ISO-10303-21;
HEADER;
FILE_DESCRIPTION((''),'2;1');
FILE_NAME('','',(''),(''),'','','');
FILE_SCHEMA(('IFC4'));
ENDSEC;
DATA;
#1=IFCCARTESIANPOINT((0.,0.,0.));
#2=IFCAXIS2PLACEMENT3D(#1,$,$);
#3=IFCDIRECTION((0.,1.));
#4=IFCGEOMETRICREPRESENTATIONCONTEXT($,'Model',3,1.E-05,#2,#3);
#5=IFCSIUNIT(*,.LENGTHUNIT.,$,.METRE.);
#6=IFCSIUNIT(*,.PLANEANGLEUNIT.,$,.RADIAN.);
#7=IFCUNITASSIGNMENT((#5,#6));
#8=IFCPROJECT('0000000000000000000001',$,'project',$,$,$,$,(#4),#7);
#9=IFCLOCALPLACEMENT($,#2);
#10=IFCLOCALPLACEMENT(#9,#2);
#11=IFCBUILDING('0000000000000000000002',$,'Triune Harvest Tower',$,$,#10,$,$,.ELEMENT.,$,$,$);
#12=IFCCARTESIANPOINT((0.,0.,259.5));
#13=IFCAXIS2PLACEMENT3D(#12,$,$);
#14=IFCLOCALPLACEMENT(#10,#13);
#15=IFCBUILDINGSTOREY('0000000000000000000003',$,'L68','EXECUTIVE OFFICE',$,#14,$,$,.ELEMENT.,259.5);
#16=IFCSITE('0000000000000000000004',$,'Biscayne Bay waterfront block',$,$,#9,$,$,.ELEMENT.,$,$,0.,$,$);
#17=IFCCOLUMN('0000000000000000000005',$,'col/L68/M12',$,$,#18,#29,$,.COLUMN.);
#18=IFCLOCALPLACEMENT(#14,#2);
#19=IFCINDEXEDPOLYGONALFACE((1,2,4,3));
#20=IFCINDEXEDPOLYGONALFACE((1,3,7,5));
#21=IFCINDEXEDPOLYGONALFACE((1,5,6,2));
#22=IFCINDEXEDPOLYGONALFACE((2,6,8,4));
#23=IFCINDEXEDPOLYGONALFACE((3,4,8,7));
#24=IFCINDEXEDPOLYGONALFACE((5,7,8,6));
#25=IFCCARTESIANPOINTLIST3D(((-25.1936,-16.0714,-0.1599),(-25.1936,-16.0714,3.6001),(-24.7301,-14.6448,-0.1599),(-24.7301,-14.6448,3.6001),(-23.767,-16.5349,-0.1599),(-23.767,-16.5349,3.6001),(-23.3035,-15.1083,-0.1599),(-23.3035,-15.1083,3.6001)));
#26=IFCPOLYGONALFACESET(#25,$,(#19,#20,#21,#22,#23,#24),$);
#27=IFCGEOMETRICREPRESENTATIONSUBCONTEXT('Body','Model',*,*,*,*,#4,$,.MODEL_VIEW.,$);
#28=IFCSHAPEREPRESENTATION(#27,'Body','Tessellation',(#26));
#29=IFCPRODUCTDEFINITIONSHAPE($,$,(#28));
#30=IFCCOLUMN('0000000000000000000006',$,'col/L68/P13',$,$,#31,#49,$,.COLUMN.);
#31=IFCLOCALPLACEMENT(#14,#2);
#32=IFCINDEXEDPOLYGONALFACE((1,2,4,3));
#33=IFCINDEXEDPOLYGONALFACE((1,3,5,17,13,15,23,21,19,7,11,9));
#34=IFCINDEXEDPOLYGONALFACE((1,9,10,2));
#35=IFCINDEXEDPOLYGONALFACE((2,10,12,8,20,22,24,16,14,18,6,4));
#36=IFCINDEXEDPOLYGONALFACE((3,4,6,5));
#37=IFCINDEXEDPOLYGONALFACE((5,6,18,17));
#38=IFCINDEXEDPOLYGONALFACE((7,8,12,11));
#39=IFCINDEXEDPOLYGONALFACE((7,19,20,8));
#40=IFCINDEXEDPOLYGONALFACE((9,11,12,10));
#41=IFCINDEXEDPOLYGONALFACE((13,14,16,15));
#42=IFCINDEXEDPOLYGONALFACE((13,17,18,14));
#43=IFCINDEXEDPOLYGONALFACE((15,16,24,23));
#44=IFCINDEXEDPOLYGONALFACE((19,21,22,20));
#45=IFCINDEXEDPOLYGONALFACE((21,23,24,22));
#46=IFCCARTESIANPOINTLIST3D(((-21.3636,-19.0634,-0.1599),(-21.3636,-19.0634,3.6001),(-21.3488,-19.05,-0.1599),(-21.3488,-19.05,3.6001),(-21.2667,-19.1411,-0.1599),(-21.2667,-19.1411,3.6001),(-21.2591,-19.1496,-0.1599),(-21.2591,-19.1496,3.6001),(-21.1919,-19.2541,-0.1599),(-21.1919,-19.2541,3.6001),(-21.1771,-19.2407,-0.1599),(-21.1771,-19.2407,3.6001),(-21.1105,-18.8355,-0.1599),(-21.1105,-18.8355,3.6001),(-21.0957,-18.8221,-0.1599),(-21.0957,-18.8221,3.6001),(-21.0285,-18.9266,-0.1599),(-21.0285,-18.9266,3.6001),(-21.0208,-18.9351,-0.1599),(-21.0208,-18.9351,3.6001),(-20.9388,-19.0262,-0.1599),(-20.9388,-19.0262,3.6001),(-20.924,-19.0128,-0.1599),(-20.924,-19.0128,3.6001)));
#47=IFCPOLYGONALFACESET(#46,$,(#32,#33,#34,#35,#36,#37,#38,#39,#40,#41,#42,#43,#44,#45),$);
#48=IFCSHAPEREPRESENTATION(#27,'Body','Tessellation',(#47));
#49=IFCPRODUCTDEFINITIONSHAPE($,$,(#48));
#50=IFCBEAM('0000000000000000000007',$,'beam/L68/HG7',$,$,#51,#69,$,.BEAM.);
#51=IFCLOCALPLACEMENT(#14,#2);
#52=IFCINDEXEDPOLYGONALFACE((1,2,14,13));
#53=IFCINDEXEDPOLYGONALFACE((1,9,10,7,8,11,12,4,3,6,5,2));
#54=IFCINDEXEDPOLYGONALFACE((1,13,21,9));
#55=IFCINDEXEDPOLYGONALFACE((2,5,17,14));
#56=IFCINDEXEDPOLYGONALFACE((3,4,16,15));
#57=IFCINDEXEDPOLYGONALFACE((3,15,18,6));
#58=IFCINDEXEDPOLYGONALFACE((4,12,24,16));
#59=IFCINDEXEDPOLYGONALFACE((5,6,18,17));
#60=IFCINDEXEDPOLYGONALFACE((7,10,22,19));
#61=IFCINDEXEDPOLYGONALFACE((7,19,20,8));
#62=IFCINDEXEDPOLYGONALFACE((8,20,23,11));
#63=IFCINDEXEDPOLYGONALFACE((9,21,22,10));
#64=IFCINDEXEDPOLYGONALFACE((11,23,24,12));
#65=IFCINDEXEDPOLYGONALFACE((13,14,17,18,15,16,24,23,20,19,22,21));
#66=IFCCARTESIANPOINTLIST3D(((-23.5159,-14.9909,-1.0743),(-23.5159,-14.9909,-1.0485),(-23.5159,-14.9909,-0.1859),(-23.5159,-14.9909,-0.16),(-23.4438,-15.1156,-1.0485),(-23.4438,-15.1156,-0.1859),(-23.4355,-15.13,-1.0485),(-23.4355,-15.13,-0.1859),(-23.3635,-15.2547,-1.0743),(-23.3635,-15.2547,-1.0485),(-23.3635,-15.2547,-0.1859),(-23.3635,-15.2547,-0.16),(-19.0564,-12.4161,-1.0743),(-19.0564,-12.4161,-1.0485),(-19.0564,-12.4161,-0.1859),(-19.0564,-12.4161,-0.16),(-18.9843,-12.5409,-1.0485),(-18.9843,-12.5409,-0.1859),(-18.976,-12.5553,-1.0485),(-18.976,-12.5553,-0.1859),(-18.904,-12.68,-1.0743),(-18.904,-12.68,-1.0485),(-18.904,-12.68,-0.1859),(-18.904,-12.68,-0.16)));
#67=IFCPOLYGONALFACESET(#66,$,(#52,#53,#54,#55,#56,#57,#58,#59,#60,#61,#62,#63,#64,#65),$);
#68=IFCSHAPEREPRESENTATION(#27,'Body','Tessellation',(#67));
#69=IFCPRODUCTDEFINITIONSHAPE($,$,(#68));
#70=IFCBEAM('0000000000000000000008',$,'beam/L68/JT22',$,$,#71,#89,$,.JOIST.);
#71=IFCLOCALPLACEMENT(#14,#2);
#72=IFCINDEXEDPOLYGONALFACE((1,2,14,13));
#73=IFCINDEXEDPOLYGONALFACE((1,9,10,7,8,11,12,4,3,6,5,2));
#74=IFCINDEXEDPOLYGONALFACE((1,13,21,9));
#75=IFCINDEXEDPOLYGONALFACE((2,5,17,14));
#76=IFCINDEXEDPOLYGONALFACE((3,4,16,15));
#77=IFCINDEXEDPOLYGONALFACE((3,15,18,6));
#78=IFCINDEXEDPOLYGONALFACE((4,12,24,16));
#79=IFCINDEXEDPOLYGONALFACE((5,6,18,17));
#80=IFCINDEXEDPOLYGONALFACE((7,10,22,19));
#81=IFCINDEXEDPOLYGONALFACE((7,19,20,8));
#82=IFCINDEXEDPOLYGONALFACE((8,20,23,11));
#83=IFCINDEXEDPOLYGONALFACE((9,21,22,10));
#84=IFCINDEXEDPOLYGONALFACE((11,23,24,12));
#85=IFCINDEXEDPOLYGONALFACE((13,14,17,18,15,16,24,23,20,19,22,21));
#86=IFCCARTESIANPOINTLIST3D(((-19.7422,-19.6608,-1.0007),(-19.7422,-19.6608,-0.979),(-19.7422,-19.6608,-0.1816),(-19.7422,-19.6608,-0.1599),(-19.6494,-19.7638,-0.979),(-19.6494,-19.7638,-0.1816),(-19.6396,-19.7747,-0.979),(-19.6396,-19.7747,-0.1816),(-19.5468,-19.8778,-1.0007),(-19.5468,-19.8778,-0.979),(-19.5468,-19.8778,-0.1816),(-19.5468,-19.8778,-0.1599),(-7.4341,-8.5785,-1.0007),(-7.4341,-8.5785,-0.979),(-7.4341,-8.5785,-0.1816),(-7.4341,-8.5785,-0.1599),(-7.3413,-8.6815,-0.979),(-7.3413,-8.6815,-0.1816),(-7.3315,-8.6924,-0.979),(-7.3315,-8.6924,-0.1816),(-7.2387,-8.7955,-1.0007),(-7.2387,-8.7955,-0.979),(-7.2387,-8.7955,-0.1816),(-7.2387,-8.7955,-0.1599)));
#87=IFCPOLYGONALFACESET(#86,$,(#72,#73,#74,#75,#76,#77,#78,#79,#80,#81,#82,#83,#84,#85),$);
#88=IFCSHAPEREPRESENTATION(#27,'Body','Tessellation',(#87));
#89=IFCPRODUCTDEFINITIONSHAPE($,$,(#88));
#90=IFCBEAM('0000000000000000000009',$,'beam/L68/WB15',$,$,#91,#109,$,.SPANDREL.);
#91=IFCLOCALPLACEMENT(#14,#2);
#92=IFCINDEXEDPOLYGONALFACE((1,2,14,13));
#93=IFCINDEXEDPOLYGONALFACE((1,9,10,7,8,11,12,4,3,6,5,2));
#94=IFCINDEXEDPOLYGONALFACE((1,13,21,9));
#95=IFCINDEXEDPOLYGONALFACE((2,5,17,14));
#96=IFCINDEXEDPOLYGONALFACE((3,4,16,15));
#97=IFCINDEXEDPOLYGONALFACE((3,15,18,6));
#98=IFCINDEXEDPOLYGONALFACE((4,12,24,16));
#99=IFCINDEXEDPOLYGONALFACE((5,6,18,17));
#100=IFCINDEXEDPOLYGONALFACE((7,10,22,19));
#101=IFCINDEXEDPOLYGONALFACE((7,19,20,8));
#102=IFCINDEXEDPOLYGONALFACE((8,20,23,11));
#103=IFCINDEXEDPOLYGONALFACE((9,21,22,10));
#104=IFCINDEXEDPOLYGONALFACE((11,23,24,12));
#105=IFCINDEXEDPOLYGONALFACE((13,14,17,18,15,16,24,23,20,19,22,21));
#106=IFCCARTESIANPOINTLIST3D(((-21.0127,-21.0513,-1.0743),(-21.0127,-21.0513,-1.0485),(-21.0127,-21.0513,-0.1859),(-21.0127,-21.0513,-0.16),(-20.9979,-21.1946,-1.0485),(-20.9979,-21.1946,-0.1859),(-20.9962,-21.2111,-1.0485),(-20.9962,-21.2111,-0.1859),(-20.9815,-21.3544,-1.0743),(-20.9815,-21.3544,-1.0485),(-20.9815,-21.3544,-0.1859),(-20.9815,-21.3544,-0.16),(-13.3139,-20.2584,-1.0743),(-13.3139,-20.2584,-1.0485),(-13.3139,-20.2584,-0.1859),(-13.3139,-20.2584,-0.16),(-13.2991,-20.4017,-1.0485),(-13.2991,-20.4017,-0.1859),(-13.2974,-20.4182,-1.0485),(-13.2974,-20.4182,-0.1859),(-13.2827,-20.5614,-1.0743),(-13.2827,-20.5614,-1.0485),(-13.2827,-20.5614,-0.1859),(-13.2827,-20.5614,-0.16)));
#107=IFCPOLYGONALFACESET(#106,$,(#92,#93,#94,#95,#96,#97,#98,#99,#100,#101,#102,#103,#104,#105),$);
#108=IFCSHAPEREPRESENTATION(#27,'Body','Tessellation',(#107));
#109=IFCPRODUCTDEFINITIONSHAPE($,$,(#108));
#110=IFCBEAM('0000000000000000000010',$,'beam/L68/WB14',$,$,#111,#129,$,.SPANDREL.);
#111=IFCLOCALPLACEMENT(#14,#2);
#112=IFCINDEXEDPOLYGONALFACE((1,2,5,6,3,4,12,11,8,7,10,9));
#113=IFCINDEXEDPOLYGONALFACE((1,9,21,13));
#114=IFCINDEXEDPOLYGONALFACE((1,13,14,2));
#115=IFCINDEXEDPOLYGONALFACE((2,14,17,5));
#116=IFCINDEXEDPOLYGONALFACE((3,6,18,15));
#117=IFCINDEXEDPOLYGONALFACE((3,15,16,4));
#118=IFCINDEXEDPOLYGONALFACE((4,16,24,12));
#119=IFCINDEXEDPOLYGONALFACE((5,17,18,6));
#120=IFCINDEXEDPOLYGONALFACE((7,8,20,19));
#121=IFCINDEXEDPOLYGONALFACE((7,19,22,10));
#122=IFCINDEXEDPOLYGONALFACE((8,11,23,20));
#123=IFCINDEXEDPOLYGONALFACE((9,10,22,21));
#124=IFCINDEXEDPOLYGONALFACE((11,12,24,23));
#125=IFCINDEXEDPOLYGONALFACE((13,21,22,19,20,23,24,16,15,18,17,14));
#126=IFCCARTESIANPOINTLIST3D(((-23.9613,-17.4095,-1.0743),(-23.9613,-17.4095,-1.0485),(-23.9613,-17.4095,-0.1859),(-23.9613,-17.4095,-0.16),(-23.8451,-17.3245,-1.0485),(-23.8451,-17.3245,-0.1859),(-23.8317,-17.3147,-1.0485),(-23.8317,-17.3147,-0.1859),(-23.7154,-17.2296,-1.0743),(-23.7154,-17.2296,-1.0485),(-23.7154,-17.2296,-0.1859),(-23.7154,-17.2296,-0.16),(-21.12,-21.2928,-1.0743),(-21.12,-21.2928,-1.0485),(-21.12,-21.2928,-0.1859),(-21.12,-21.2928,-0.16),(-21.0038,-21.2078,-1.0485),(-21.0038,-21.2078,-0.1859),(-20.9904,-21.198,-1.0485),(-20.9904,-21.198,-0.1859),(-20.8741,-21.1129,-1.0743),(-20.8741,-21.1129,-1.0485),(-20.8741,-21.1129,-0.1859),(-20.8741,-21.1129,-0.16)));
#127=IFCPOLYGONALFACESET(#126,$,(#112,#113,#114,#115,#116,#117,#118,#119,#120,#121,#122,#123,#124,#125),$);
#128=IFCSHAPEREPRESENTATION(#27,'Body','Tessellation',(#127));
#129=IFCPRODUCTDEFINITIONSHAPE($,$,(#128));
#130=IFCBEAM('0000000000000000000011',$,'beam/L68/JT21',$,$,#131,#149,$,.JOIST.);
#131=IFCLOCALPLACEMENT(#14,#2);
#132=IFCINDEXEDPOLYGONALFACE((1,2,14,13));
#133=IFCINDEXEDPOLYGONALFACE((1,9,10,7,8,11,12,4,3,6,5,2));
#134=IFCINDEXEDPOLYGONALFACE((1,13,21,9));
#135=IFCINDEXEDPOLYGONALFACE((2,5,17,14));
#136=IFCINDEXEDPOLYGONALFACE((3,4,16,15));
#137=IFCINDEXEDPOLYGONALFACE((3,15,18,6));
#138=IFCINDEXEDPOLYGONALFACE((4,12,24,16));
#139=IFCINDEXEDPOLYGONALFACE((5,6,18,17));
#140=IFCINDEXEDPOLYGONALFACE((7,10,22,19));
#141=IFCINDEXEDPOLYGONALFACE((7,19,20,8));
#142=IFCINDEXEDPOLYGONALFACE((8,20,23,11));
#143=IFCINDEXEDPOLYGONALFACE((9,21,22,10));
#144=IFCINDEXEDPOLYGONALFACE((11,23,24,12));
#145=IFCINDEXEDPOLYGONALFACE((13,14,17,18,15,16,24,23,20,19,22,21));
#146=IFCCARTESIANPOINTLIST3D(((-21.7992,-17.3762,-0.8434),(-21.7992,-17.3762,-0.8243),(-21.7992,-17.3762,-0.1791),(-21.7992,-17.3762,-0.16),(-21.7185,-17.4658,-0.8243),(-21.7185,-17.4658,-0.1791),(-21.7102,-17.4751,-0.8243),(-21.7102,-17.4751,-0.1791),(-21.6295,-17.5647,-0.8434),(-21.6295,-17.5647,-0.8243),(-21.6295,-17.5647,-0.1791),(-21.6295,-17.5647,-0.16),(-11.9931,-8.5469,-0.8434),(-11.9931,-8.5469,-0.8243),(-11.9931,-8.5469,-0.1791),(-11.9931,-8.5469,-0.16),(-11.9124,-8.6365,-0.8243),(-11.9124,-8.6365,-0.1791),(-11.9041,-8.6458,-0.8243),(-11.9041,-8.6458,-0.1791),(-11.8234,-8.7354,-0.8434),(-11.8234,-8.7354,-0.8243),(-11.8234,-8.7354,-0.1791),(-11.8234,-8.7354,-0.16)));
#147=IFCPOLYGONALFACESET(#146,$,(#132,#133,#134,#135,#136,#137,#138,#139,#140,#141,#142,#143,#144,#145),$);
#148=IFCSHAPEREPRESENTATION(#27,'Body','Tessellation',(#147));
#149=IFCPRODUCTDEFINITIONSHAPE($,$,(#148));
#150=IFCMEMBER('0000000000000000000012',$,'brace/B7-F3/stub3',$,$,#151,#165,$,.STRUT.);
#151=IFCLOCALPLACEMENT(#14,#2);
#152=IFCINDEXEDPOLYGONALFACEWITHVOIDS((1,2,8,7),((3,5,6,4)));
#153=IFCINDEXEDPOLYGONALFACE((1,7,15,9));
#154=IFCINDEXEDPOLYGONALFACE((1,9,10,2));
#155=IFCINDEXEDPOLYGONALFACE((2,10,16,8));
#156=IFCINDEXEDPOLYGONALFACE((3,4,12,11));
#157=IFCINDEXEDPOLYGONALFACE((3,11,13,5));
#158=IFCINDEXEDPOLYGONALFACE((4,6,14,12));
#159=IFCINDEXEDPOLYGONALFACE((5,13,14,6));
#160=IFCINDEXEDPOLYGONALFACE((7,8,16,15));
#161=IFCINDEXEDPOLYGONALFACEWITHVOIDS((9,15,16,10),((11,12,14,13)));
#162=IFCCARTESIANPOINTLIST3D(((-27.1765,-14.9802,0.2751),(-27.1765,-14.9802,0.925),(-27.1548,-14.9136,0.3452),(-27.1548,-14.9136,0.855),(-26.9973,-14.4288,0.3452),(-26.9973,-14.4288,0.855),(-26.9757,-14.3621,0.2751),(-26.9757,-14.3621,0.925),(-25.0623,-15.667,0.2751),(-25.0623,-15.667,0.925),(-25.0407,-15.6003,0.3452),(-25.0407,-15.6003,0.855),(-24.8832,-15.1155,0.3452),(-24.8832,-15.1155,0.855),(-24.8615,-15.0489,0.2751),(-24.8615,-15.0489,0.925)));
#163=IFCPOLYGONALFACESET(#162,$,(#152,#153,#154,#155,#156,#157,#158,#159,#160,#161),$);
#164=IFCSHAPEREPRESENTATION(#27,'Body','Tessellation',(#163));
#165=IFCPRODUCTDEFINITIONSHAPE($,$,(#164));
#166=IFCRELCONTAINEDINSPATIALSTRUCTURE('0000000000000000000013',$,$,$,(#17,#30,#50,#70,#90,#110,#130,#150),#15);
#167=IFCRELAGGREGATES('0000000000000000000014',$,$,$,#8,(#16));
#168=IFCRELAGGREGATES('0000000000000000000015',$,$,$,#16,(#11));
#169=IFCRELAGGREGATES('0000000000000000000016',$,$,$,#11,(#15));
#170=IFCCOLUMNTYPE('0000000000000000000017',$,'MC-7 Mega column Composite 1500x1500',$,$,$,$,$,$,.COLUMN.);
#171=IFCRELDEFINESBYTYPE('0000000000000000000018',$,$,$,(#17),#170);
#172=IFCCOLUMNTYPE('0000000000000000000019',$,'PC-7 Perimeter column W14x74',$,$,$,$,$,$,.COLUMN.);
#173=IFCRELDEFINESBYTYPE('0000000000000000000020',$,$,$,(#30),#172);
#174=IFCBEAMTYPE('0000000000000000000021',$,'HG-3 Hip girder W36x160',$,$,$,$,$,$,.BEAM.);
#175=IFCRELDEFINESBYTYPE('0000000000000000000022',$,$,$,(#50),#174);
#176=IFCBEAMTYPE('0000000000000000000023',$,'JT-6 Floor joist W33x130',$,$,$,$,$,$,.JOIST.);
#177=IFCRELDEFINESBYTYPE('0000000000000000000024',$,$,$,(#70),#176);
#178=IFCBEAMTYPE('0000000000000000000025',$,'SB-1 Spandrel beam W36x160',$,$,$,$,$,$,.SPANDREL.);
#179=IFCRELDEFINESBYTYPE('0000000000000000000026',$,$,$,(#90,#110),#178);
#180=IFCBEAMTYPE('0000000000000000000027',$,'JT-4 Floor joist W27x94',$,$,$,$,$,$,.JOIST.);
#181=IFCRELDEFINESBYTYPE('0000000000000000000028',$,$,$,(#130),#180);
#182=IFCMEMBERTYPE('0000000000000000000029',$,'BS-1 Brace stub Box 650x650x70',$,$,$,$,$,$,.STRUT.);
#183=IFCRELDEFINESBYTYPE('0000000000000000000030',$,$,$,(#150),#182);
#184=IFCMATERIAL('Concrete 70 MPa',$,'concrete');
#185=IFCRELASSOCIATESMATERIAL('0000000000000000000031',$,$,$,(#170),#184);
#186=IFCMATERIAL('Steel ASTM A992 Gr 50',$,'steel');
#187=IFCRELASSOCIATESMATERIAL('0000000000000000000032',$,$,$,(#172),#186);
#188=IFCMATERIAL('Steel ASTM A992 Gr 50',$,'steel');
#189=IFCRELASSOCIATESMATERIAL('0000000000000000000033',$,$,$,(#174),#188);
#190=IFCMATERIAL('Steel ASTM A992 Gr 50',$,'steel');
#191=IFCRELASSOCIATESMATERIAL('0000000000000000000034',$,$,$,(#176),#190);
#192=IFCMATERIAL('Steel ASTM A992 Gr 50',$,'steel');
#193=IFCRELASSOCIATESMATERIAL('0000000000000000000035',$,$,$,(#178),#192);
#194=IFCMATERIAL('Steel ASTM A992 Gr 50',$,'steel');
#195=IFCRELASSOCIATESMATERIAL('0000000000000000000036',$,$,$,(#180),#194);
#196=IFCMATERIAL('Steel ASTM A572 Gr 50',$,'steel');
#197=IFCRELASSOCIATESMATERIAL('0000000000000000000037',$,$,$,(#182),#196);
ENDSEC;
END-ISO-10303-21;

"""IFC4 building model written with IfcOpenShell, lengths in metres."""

from ifc_helpers import new_model, si_unit, direction, frame, origin, origin_2d, place, context, subcontext, project, spatial, rectangle, hollow_rectangle, i_section, extrude, source, transform, mapped, material, material_profile, profile_set, type_object, element, save


model = new_model("IFC4")

# Units and contexts
model_context = context("Model", 3, precision=1e-05, world=origin(), true_north=direction((0.0, 1.0)))
body_context = subcontext(model_context, "Body", "Model", "MODEL_VIEW")
ifc_project = project(units=[si_unit("LENGTHUNIT", "METRE"), si_unit("PLANEANGLEUNIT", "RADIAN")], contexts=[model_context])

# Site, building, storey
site_placement = place(None, origin())
site = spatial("IfcSite", under=ifc_project, at=site_placement, Name="Biscayne Bay waterfront block", CompositionType="ELEMENT", RefElevation=0.0)
building_placement = place(site_placement, origin())
building = spatial("IfcBuilding", under=site, at=building_placement, Name="Triune Harvest Tower", CompositionType="ELEMENT")
storey_placement = place(building_placement, frame((0.0, 0.0, 259.5)))
storey = spatial("IfcBuildingStorey", under=building, at=storey_placement, Name="L68", Description="EXECUTIVE OFFICE", CompositionType="ELEMENT", Elevation=259.5)

# Columns
ifc_material_1 = material(Name="Concrete 70 MPa", Category="concrete")
ifc_material_profile_1 = material_profile(ifc_material_1, rectangle(XDim=1.5, YDim=1.5, at=origin_2d()), Name="Composite 1500x1500")
ifc_profile_set_1 = profile_set([ifc_material_profile_1], Name="Concrete 70 MPa")
column_type_1 = type_object("IfcColumnType", Name="MC-7 Mega column Composite 1500x1500", PredefinedType="COLUMN", material=ifc_profile_set_1)
shared_shape_1 = source(origin(), body_context, "Body", "SweptSolid", [
    extrude(rectangle(XDim=1.5, YDim=1.5, at=origin_2d()), origin(), (0.0, 0.0, 1.0), 3.76),
])
column_1_placement = place(storey_placement, frame((-24.2485, -15.5898, -0.1599), z_axis=(0.0, 0.0, 1.0), x_axis=(-0.309015, -0.951057, 0.0)))
element("IfcColumn", 1, at=column_1_placement, inside=storey, type_object=column_type_1, Name="col/L68/M12", PredefinedType="COLUMN", context=body_context, shape_type="MappedRepresentation", body=[
    mapped(shared_shape_1, transform((0.0, 0.0, 0.0), scale=1.0)),
])
ifc_material_2 = material(Name="Steel ASTM A992 Gr 50", Category="steel")
ifc_material_profile_2 = material_profile(ifc_material_2, i_section(OverallWidth=0.2566, OverallDepth=0.3606, WebThickness=0.0115, FlangeThickness=0.02, at=origin_2d()), Name="W14x74")
ifc_profile_set_2 = profile_set([ifc_material_profile_2], Name="Steel ASTM A992 Gr 50")
column_type_2 = type_object("IfcColumnType", Name="PC-7 Perimeter column W14x74", PredefinedType="COLUMN", material=ifc_profile_set_2)
shared_shape_2 = source(origin(), body_context, "Body", "SweptSolid", [
    extrude(i_section(OverallWidth=0.2566, OverallDepth=0.3606, WebThickness=0.0115, FlangeThickness=0.02, at=origin_2d()), origin(), (0.0, 0.0, 1.0), 3.76),
])
column_2_placement = place(storey_placement, frame((-21.1438, -19.0381, -0.1599), z_axis=(0.0, 0.0, 1.0), x_axis=(0.669129, -0.743146, 0.0)))
element("IfcColumn", 2, at=column_2_placement, inside=storey, type_object=column_type_2, Name="col/L68/P13", PredefinedType="COLUMN", context=body_context, shape_type="MappedRepresentation", body=[
    mapped(shared_shape_2, transform((0.0, 0.0, 0.0), scale=1.0)),
])

# Beams
ifc_material_3 = material(Name="Steel ASTM A992 Gr 50", Category="steel")
ifc_material_profile_3 = material_profile(ifc_material_3, i_section(OverallWidth=0.3047, OverallDepth=0.9143, WebThickness=0.0166, FlangeThickness=0.0259, at=origin_2d()), Name="W36x160")
ifc_profile_set_3 = profile_set([ifc_material_profile_3], Name="Steel ASTM A992 Gr 50")
beam_type_1 = type_object("IfcBeamType", Name="HG-3 Hip girder W36x160", PredefinedType="BEAM", material=ifc_profile_set_3)
beam_1_placement = place(storey_placement, frame((-23.4397, -15.1228, -0.6172), z_axis=(0.866023, 0.500004, 0.0), x_axis=(-0.500004, 0.866023, 0.0)))
element("IfcBeam", 3, at=beam_1_placement, inside=storey, type_object=beam_type_1, Name="beam/L68/HG7", PredefinedType="BEAM", context=body_context, shape_type="SweptSolid", body=[
    extrude(i_section(OverallWidth=0.3047, OverallDepth=0.9143, WebThickness=0.0166, FlangeThickness=0.0259, at=origin_2d()), origin(), (0.0, 0.0, 1.0), 5.1494),
])
ifc_material_4 = material(Name="Steel ASTM A992 Gr 50", Category="steel")
ifc_material_profile_4 = material_profile(ifc_material_4, i_section(OverallWidth=0.292, OverallDepth=0.8408, WebThickness=0.0146, FlangeThickness=0.0217, at=origin_2d()), Name="W33x130")
ifc_profile_set_4 = profile_set([ifc_material_profile_4], Name="Steel ASTM A992 Gr 50")
beam_type_2 = type_object("IfcBeamType", Name="JT-6 Floor joist W33x130", PredefinedType="JOIST", material=ifc_profile_set_4)
beam_2_placement = place(storey_placement, frame((-19.6445, -19.7693, -0.5803), z_axis=(0.743145, 0.669131, 0.0), x_axis=(-0.669131, 0.743145, 0.0)))
element("IfcBeam", 4, at=beam_2_placement, inside=storey, type_object=beam_type_2, Name="beam/L68/JT22", PredefinedType="JOIST", context=body_context, shape_type="SweptSolid", body=[
    extrude(i_section(OverallWidth=0.292, OverallDepth=0.8408, WebThickness=0.0146, FlangeThickness=0.0217, at=origin_2d()), origin(), (0.0, 0.0, 1.0), 16.5623),
])
ifc_material_5 = material(Name="Steel ASTM A992 Gr 50", Category="steel")
ifc_material_profile_5 = material_profile(ifc_material_5, i_section(OverallWidth=0.3047, OverallDepth=0.9143, WebThickness=0.0166, FlangeThickness=0.0259, at=origin_2d()), Name="W36x160")
ifc_profile_set_5 = profile_set([ifc_material_profile_5], Name="Steel ASTM A992 Gr 50")
beam_type_3 = type_object("IfcBeamType", Name="SB-1 Spandrel beam W36x160", PredefinedType="SPANDREL", material=ifc_profile_set_5)
shared_shape_3 = source(origin(), body_context, "Body", "SweptSolid", [
    extrude(i_section(OverallWidth=0.3047, OverallDepth=0.9143, WebThickness=0.0166, FlangeThickness=0.0259, at=origin_2d()), origin(), (0.0, 0.0, 1.0), 7.7395),
])
beam_3_placement = place(storey_placement, frame((-20.9971, -21.2029, -0.6172), z_axis=(0.994737, 0.102458, 0.0), x_axis=(-0.102458, 0.994737, 0.0)))
element("IfcBeam", 5, at=beam_3_placement, inside=storey, type_object=beam_type_3, Name="beam/L68/WB15", PredefinedType="SPANDREL", context=body_context, shape_type="MappedRepresentation", body=[
    mapped(shared_shape_3, transform((0.0, 0.0, 0.0), scale=1.0)),
])
shared_shape_4 = source(origin(), body_context, "Body", "SweptSolid", [
    extrude(i_section(OverallWidth=0.3047, OverallDepth=0.9143, WebThickness=0.0166, FlangeThickness=0.0259, at=origin_2d()), origin(), (0.0, 0.0, 1.0), 4.8118),
])
beam_4_placement = place(storey_placement, frame((-23.8384, -17.3196, -0.6172), z_axis=(0.590492, -0.807043, 0.0), x_axis=(0.807043, 0.590492, 0.0)))
element("IfcBeam", 6, at=beam_4_placement, inside=storey, type_object=beam_type_3, Name="beam/L68/WB14", PredefinedType="SPANDREL", context=body_context, shape_type="MappedRepresentation", body=[
    mapped(shared_shape_4, transform((0.0, 0.0, 0.0), scale=1.0)),
])
ifc_material_6 = material(Name="Steel ASTM A992 Gr 50", Category="steel")
ifc_material_profile_6 = material_profile(ifc_material_6, i_section(OverallWidth=0.2537, OverallDepth=0.6833, WebThickness=0.0125, FlangeThickness=0.019, at=origin_2d()), Name="W27x94")
ifc_profile_set_6 = profile_set([ifc_material_profile_6], Name="Steel ASTM A992 Gr 50")
beam_type_4 = type_object("IfcBeamType", Name="JT-4 Floor joist W27x94", PredefinedType="JOIST", material=ifc_profile_set_6)
shared_shape_5 = source(origin(), body_context, "Body", "SweptSolid", [
    extrude(i_section(OverallWidth=0.2537, OverallDepth=0.6833, WebThickness=0.0125, FlangeThickness=0.019, at=origin_2d()), origin(), (0.0, 0.0, 1.0), 13.1953),
])
beam_5_placement = place(storey_placement, frame((-21.7144, -17.4705, -0.5017), z_axis=(0.743151, 0.669124, 0.0), x_axis=(-0.669124, 0.743151, 0.0)))
element("IfcBeam", 7, at=beam_5_placement, inside=storey, type_object=beam_type_4, Name="beam/L68/JT21", PredefinedType="JOIST", context=body_context, shape_type="MappedRepresentation", body=[
    mapped(shared_shape_5, transform((0.0, 0.0, 0.0), scale=1.0)),
])

# Member
ifc_material_7 = material(Name="Steel ASTM A572 Gr 50", Category="steel")
ifc_material_profile_7 = material_profile(ifc_material_7, hollow_rectangle(XDim=0.6499, YDim=0.6499, WallThickness=0.0701, at=origin_2d()), Name="Box 650x650x70")
ifc_profile_set_7 = profile_set([ifc_material_profile_7], Name="Steel ASTM A572 Gr 50")
member_type_1 = type_object("IfcMemberType", Name="BS-1 Brace stub Box 650x650x70", PredefinedType="STRUT", material=ifc_profile_set_7)
shared_shape_6 = source(origin(), body_context, "Body", "SweptSolid", [
    extrude(hollow_rectangle(XDim=0.6499, YDim=0.6499, WallThickness=0.0701, at=origin_2d()), origin(), (0.0, 0.0, 1.0), 2.2229),
])
member_1_placement = place(storey_placement, frame((-24.9619, -15.3579, 0.6001), z_axis=(-0.951082, 0.308937, 0.0), x_axis=(-0.308937, -0.951082, 0.0)))
element("IfcMember", 8, at=member_1_placement, inside=storey, type_object=member_type_1, Name="brace/B7-F3/stub3", PredefinedType="STRUT", context=body_context, shape_type="MappedRepresentation", body=[
    mapped(shared_shape_6, transform((0.0, 0.0, 0.0), scale=1.0)),
])

save(model, "model.ifc")
